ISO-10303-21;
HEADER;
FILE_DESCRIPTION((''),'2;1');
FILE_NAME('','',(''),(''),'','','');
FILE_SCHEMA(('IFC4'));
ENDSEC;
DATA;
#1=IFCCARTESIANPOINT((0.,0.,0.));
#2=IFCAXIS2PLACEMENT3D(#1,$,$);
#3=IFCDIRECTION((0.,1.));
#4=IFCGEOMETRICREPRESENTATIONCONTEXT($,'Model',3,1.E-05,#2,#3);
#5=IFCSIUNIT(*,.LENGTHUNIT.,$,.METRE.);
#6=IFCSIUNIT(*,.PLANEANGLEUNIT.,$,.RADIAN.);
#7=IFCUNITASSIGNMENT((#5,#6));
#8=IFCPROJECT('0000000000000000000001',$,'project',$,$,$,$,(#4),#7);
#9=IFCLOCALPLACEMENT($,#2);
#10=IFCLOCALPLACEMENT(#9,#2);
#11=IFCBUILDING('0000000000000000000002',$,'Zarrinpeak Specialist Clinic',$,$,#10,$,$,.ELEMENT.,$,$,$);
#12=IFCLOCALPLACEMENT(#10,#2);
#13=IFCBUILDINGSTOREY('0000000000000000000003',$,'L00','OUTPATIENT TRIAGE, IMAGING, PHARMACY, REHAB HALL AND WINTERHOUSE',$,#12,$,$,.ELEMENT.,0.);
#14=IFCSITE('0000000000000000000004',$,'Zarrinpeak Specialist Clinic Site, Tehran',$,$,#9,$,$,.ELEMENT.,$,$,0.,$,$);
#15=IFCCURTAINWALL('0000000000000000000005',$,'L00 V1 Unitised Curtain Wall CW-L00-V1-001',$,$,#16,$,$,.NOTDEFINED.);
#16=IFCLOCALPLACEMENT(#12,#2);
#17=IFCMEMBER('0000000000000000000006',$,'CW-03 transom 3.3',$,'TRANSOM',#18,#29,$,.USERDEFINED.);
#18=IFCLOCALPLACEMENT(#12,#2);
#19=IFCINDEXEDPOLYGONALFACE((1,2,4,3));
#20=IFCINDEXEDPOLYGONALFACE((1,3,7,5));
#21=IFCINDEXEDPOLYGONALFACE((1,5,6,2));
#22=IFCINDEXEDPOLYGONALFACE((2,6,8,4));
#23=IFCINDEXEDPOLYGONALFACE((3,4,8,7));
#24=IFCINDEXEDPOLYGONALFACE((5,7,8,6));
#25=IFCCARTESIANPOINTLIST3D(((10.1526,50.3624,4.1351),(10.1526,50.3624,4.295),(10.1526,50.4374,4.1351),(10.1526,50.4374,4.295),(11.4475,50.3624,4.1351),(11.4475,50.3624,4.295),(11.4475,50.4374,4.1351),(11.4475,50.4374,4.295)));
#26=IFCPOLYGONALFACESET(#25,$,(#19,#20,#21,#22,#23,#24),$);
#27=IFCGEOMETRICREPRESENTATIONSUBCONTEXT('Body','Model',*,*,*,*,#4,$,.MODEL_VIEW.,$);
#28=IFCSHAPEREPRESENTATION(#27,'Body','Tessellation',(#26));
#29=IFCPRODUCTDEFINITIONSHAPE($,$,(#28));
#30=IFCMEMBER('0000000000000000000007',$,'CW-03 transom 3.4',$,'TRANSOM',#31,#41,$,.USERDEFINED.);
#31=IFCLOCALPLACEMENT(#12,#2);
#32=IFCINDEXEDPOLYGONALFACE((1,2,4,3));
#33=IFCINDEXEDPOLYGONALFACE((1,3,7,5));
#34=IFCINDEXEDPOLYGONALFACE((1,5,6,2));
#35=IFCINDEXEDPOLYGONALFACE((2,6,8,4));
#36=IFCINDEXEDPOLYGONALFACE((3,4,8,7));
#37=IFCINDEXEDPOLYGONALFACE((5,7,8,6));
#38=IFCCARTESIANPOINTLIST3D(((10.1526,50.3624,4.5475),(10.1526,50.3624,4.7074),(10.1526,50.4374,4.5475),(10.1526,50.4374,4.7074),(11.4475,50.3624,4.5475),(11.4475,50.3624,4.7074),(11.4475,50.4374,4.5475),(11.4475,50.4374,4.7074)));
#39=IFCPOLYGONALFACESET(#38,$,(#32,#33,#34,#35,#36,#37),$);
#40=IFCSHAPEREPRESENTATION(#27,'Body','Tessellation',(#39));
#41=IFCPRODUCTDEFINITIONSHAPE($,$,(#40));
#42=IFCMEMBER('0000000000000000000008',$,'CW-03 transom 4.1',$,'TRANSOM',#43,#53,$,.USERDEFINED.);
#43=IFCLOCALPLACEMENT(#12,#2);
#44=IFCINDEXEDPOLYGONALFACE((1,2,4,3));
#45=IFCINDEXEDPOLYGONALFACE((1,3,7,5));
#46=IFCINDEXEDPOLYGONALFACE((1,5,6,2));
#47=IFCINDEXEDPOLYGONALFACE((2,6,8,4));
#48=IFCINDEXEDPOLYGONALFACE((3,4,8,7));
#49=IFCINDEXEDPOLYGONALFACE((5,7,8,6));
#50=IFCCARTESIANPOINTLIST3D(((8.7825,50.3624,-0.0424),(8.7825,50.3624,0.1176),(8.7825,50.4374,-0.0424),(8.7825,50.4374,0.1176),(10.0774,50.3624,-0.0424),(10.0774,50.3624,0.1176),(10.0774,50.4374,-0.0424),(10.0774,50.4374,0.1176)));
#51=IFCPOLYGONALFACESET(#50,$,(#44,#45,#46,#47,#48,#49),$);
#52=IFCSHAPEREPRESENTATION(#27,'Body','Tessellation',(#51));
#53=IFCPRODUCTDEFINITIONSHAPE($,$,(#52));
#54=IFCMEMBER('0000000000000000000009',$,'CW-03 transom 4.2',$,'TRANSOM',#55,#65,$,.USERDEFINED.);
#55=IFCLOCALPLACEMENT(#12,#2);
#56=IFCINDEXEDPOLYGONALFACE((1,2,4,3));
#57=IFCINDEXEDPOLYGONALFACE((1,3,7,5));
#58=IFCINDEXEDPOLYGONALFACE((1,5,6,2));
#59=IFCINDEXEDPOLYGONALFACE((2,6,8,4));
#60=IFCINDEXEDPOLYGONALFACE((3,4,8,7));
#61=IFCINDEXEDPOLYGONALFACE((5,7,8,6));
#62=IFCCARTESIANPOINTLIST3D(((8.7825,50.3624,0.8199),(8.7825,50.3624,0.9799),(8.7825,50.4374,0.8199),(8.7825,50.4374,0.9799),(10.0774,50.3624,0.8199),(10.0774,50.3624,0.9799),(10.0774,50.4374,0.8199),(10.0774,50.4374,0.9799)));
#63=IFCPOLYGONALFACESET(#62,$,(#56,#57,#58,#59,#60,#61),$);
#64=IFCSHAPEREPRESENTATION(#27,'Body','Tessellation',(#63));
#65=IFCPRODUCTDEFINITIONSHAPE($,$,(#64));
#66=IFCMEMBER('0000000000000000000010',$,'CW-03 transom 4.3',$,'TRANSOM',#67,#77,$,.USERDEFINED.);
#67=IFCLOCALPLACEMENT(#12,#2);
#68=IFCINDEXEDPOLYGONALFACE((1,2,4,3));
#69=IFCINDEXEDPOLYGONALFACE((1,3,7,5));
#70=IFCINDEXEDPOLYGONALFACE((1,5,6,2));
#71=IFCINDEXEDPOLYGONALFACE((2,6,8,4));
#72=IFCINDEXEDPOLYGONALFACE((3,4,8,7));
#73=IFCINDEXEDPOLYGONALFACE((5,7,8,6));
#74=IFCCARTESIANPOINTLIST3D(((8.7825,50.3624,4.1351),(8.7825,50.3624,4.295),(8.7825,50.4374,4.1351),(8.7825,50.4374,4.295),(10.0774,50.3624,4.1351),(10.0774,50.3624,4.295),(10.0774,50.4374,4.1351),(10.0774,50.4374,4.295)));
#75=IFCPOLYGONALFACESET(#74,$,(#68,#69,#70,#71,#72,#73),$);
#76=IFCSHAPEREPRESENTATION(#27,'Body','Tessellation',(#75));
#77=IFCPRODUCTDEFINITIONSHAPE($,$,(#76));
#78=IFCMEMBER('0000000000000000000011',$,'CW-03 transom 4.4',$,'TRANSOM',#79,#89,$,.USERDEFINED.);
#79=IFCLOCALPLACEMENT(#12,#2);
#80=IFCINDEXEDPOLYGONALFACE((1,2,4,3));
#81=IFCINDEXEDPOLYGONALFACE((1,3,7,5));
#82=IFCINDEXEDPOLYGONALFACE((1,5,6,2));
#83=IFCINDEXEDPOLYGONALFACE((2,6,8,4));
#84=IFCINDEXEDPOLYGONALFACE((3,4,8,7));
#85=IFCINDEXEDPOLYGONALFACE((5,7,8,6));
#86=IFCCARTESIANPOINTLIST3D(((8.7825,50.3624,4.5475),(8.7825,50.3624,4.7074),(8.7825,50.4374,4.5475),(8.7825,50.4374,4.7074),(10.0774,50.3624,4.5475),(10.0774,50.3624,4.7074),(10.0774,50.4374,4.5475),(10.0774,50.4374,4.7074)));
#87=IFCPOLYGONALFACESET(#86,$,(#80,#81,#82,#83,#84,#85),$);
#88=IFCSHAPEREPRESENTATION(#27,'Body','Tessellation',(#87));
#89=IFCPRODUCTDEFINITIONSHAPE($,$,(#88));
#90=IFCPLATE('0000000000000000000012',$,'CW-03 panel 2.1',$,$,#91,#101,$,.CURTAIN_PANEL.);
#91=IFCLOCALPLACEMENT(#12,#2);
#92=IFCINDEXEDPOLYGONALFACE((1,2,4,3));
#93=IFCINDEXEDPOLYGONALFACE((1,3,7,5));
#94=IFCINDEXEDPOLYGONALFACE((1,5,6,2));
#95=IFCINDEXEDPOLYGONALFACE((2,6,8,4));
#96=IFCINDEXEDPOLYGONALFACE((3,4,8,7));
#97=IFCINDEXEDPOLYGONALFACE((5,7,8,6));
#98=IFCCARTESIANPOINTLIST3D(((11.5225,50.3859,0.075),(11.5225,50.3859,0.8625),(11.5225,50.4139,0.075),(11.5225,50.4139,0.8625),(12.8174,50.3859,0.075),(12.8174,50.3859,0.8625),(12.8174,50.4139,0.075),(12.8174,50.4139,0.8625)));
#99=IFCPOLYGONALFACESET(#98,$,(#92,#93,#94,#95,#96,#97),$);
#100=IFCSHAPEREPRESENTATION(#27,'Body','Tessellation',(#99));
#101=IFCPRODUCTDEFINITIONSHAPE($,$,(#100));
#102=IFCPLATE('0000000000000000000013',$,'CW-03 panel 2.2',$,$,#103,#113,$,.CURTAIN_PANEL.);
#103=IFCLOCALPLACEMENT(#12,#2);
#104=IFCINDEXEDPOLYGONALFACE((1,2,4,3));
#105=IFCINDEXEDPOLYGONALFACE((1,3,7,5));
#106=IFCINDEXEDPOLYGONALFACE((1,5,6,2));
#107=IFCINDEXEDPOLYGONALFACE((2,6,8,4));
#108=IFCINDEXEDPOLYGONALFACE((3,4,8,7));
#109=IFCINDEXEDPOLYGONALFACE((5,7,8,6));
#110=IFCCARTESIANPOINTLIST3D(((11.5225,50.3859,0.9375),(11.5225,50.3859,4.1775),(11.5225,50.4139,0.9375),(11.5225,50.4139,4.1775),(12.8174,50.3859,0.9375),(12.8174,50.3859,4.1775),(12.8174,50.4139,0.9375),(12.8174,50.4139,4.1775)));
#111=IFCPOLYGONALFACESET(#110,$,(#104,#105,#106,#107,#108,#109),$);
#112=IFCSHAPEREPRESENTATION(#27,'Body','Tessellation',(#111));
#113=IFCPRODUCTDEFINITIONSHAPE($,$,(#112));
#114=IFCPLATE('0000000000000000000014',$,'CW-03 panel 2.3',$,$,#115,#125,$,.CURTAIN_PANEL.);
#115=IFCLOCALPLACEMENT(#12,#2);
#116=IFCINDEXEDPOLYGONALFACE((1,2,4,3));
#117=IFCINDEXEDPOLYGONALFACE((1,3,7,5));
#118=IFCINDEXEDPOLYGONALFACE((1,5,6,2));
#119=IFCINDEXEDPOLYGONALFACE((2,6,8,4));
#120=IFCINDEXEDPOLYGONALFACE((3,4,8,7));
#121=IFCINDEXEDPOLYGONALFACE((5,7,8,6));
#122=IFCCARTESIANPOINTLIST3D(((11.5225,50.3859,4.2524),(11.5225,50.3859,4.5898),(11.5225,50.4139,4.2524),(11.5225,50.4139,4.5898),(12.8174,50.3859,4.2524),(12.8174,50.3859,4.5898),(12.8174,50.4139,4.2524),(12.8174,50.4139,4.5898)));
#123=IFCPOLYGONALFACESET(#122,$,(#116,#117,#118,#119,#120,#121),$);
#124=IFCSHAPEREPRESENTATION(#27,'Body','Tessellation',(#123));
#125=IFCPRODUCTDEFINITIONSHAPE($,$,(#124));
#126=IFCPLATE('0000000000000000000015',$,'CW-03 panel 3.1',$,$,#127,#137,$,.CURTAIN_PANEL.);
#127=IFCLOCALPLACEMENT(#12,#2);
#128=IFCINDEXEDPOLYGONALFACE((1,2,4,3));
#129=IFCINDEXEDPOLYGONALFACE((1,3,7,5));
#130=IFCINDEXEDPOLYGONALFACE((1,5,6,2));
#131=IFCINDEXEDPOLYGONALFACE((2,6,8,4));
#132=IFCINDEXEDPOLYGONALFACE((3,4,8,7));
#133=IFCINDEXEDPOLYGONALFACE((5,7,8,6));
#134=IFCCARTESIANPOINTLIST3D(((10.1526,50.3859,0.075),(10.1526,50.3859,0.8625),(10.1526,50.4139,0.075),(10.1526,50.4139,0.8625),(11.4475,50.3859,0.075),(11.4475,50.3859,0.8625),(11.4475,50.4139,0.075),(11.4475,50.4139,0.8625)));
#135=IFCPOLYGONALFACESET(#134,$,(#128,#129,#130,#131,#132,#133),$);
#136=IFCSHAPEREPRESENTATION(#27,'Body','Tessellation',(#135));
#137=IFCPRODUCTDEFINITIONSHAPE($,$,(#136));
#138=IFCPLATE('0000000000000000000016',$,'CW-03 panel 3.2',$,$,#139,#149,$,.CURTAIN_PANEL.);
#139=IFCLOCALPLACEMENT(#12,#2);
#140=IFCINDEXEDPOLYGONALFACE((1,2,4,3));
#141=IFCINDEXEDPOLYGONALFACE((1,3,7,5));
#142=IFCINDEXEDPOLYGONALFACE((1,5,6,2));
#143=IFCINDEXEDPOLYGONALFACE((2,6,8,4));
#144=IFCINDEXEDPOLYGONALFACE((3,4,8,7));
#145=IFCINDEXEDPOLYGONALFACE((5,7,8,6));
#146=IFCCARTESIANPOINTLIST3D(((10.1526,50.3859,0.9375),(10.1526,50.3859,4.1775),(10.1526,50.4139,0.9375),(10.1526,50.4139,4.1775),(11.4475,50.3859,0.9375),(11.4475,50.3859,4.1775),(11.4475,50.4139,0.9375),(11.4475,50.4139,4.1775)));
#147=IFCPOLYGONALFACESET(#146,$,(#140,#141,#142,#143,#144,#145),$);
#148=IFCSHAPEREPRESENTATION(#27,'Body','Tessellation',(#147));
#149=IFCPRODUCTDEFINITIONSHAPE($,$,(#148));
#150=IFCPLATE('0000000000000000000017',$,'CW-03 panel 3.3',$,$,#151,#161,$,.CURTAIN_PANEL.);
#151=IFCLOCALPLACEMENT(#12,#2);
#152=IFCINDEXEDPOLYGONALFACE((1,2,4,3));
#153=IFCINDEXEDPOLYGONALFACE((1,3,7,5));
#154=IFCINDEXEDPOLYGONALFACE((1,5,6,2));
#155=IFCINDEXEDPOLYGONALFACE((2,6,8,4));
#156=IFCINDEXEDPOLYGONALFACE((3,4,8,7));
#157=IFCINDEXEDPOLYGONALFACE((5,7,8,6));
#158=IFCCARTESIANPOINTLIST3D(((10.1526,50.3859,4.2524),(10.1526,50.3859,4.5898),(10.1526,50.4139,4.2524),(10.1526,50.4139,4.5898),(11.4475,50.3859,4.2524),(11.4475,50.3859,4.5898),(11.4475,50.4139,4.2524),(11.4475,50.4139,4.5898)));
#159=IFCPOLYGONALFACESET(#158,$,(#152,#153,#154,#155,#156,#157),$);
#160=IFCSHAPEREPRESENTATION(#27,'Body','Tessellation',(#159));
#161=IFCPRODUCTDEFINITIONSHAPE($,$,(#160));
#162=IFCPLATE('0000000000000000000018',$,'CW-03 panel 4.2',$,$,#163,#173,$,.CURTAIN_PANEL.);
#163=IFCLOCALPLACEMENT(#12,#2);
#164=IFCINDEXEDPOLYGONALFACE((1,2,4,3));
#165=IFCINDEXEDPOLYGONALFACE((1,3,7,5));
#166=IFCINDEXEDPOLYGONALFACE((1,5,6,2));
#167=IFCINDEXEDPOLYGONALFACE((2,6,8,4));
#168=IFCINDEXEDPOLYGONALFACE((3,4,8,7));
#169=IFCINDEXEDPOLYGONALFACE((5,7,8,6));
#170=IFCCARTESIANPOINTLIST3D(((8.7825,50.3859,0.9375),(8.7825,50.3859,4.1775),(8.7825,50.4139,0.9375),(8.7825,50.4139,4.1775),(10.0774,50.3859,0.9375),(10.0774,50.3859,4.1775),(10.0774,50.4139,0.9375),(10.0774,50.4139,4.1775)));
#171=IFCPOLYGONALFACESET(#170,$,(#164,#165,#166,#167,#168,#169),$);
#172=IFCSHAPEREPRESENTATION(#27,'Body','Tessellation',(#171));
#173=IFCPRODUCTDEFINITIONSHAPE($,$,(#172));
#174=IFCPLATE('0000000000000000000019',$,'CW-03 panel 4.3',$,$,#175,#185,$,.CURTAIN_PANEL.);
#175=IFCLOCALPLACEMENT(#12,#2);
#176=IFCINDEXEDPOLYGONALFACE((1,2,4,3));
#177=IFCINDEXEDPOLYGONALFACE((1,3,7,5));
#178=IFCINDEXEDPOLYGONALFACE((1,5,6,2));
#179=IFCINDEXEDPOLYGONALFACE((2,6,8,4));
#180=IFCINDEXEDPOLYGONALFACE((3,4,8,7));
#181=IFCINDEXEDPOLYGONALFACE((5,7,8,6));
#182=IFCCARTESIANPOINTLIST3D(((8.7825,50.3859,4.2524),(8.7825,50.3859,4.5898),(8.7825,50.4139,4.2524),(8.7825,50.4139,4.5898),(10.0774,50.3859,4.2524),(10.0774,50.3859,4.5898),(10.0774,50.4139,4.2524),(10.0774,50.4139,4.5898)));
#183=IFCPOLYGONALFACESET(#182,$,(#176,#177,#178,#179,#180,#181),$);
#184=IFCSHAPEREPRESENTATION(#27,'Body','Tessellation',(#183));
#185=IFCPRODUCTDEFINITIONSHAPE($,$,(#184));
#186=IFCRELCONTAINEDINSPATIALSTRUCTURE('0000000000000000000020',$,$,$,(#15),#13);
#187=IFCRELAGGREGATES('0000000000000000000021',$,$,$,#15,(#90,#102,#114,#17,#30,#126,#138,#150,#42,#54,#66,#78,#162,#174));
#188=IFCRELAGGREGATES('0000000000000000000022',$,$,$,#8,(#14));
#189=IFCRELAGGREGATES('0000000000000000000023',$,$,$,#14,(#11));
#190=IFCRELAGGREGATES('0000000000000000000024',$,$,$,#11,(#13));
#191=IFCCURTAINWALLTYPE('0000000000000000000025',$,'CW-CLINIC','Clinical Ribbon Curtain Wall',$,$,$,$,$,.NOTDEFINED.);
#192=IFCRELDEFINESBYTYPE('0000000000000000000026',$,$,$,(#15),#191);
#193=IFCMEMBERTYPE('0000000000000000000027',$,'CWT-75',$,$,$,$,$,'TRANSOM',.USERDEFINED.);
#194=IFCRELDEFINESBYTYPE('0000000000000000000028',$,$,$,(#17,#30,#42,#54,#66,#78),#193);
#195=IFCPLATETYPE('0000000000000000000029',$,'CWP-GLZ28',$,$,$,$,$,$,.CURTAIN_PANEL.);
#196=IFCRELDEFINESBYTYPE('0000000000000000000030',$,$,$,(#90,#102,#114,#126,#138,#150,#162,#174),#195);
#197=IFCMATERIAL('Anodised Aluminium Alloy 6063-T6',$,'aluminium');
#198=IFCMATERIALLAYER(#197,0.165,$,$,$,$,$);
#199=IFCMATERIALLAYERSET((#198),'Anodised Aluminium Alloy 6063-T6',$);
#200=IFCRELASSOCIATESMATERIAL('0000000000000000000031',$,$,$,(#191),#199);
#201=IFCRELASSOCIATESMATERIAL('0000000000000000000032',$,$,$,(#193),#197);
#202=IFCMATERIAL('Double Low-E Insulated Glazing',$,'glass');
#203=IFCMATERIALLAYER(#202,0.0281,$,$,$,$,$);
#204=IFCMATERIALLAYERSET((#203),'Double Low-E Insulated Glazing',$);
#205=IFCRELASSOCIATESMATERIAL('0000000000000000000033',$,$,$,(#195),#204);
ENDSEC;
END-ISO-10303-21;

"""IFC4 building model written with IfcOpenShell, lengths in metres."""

from ifc_helpers import new_model, si_unit, direction, frame, origin, origin_2d, place, context, subcontext, project, spatial, rectangle, extrude, material, layer, layer_set, material_profile, profile_set, type_object, element, aggregate, save


model = new_model("IFC4")

# Units and contexts
model_context = context("Model", 3, precision=1e-05, world=origin(), true_north=direction((0.0, 1.0)))
body_context = subcontext(model_context, "Body", "Model", "MODEL_VIEW")
ifc_project = project(units=[si_unit("LENGTHUNIT", "METRE"), si_unit("PLANEANGLEUNIT", "RADIAN")], contexts=[model_context])

# Site, building, storey
site_placement = place(None, origin())
site = spatial("IfcSite", under=ifc_project, at=site_placement, Name="Zarrinpeak Specialist Clinic Site, Tehran", CompositionType="ELEMENT", RefElevation=0.0)
building_placement = place(site_placement, origin())
building = spatial("IfcBuilding", under=site, at=building_placement, Name="Zarrinpeak Specialist Clinic", CompositionType="ELEMENT")
storey_placement = place(building_placement, origin())
storey = spatial("IfcBuildingStorey", under=building, at=storey_placement, Name="L00", Description="OUTPATIENT TRIAGE, IMAGING, PHARMACY, REHAB HALL AND WINTERHOUSE", CompositionType="ELEMENT", Elevation=0.0)

# Curtain wall, members, plates
ifc_material_1 = material(Name="Anodised Aluminium Alloy 6063-T6", Category="aluminium")
ifc_layer_1 = layer(ifc_material_1, 0.165)
ifc_layer_set_1 = layer_set([ifc_layer_1], Name="Anodised Aluminium Alloy 6063-T6")
curtain_wall_type = type_object("IfcCurtainWallType", Name="CW-CLINIC", Description="Clinical Ribbon Curtain Wall", PredefinedType="NOTDEFINED", material=ifc_layer_set_1)
curtain_wall_placement = place(storey_placement, origin())
curtain_wall = element("IfcCurtainWall", 1, at=curtain_wall_placement, inside=storey, type_object=curtain_wall_type, Name="L00 V1 Unitised Curtain Wall CW-L00-V1-001", PredefinedType="NOTDEFINED")
ifc_material_profile_1 = material_profile(ifc_material_1, rectangle(XDim=0.075, YDim=0.1599, at=origin_2d()), Name="ALU 75x160")
ifc_profile_set_1 = profile_set([ifc_material_profile_1], Name="Anodised Aluminium Alloy 6063-T6")
member_type_1 = type_object("IfcMemberType", Name="CWT-75", ElementType="TRANSOM", PredefinedType="USERDEFINED", material=ifc_profile_set_1)
member_1_placement = place(storey_placement, frame((11.4475, 50.3999, 4.2151), z_axis=(-1.0, 0.0, 0.0), x_axis=(0.0, -1.0, 0.0)))
member_1 = element("IfcMember", 2, at=member_1_placement, type_object=member_type_1, Name="CW-03 transom 3.3", ObjectType="TRANSOM", PredefinedType="USERDEFINED", context=body_context, shape_type="SweptSolid", body=[
    extrude(rectangle(XDim=0.075, YDim=0.1599, at=origin_2d()), origin(), (0.0, 0.0, 1.0), 1.2949),
])
member_2_placement = place(storey_placement, frame((11.4475, 50.3999, 4.6274), z_axis=(-1.0, 0.0, 0.0), x_axis=(0.0, -1.0, 0.0)))
member_2 = element("IfcMember", 3, at=member_2_placement, type_object=member_type_1, Name="CW-03 transom 3.4", ObjectType="TRANSOM", PredefinedType="USERDEFINED", context=body_context, shape_type="SweptSolid", body=[
    extrude(rectangle(XDim=0.075, YDim=0.1599, at=origin_2d()), origin(), (0.0, 0.0, 1.0), 1.2949),
])
member_3_placement = place(storey_placement, frame((10.0774, 50.3999, 0.0376), z_axis=(-1.0, 0.0, 0.0), x_axis=(0.0, -1.0, 0.0)))
member_3 = element("IfcMember", 4, at=member_3_placement, type_object=member_type_1, Name="CW-03 transom 4.1", ObjectType="TRANSOM", PredefinedType="USERDEFINED", context=body_context, shape_type="SweptSolid", body=[
    extrude(rectangle(XDim=0.075, YDim=0.1599, at=origin_2d()), origin(), (0.0, 0.0, 1.0), 1.2949),
])
member_4_placement = place(storey_placement, frame((10.0774, 50.3999, 0.8999), z_axis=(-1.0, 0.0, 0.0), x_axis=(0.0, -1.0, 0.0)))
member_4 = element("IfcMember", 5, at=member_4_placement, type_object=member_type_1, Name="CW-03 transom 4.2", ObjectType="TRANSOM", PredefinedType="USERDEFINED", context=body_context, shape_type="SweptSolid", body=[
    extrude(rectangle(XDim=0.075, YDim=0.1599, at=origin_2d()), origin(), (0.0, 0.0, 1.0), 1.2949),
])
member_5_placement = place(storey_placement, frame((10.0774, 50.3999, 4.2151), z_axis=(-1.0, 0.0, 0.0), x_axis=(0.0, -1.0, 0.0)))
member_5 = element("IfcMember", 6, at=member_5_placement, type_object=member_type_1, Name="CW-03 transom 4.3", ObjectType="TRANSOM", PredefinedType="USERDEFINED", context=body_context, shape_type="SweptSolid", body=[
    extrude(rectangle(XDim=0.075, YDim=0.1599, at=origin_2d()), origin(), (0.0, 0.0, 1.0), 1.2949),
])
member_6_placement = place(storey_placement, frame((10.0774, 50.3999, 4.6274), z_axis=(-1.0, 0.0, 0.0), x_axis=(0.0, -1.0, 0.0)))
member_6 = element("IfcMember", 7, at=member_6_placement, type_object=member_type_1, Name="CW-03 transom 4.4", ObjectType="TRANSOM", PredefinedType="USERDEFINED", context=body_context, shape_type="SweptSolid", body=[
    extrude(rectangle(XDim=0.075, YDim=0.1599, at=origin_2d()), origin(), (0.0, 0.0, 1.0), 1.2949),
])
ifc_material_2 = material(Name="Double Low-E Insulated Glazing", Category="glass")
ifc_layer_2 = layer(ifc_material_2, 0.0281)
ifc_layer_set_2 = layer_set([ifc_layer_2], Name="Double Low-E Insulated Glazing")
plate_type = type_object("IfcPlateType", Name="CWP-GLZ28", PredefinedType="CURTAIN_PANEL", material=ifc_layer_set_2)
plate_1_placement = place(storey_placement, frame((12.1699, 50.3999, 0.075), z_axis=(0.0, 0.0, 1.0), x_axis=(-1.0, 0.0, 0.0)))
plate_1 = element("IfcPlate", 8, at=plate_1_placement, type_object=plate_type, Name="CW-03 panel 2.1", PredefinedType="CURTAIN_PANEL", context=body_context, shape_type="SweptSolid", body=[
    extrude(rectangle(XDim=1.2949, YDim=0.0281, at=origin_2d()), origin(), (0.0, 0.0, 1.0), 0.7876),
])
plate_2_placement = place(storey_placement, frame((12.1699, 50.3999, 0.9375), z_axis=(0.0, 0.0, 1.0), x_axis=(-1.0, 0.0, 0.0)))
plate_2 = element("IfcPlate", 9, at=plate_2_placement, type_object=plate_type, Name="CW-03 panel 2.2", PredefinedType="CURTAIN_PANEL", context=body_context, shape_type="SweptSolid", body=[
    extrude(rectangle(XDim=1.2949, YDim=0.0281, at=origin_2d()), origin(), (0.0, 0.0, 1.0), 3.24),
])
plate_3_placement = place(storey_placement, frame((12.1699, 50.3999, 4.2524), z_axis=(0.0, 0.0, 1.0), x_axis=(-1.0, 0.0, 0.0)))
plate_3 = element("IfcPlate", 10, at=plate_3_placement, type_object=plate_type, Name="CW-03 panel 2.3", PredefinedType="CURTAIN_PANEL", context=body_context, shape_type="SweptSolid", body=[
    extrude(rectangle(XDim=1.2949, YDim=0.0281, at=origin_2d()), origin(), (0.0, 0.0, 1.0), 0.3374),
])
plate_4_placement = place(storey_placement, frame((10.8, 50.3999, 0.075), z_axis=(0.0, 0.0, 1.0), x_axis=(-1.0, 0.0, 0.0)))
plate_4 = element("IfcPlate", 11, at=plate_4_placement, type_object=plate_type, Name="CW-03 panel 3.1", PredefinedType="CURTAIN_PANEL", context=body_context, shape_type="SweptSolid", body=[
    extrude(rectangle(XDim=1.2949, YDim=0.0281, at=origin_2d()), origin(), (0.0, 0.0, 1.0), 0.7876),
])
plate_5_placement = place(storey_placement, frame((10.8, 50.3999, 0.9375), z_axis=(0.0, 0.0, 1.0), x_axis=(-1.0, 0.0, 0.0)))
plate_5 = element("IfcPlate", 12, at=plate_5_placement, type_object=plate_type, Name="CW-03 panel 3.2", PredefinedType="CURTAIN_PANEL", context=body_context, shape_type="SweptSolid", body=[
    extrude(rectangle(XDim=1.2949, YDim=0.0281, at=origin_2d()), origin(), (0.0, 0.0, 1.0), 3.24),
])
plate_6_placement = place(storey_placement, frame((10.8, 50.3999, 4.2524), z_axis=(0.0, 0.0, 1.0), x_axis=(-1.0, 0.0, 0.0)))
plate_6 = element("IfcPlate", 13, at=plate_6_placement, type_object=plate_type, Name="CW-03 panel 3.3", PredefinedType="CURTAIN_PANEL", context=body_context, shape_type="SweptSolid", body=[
    extrude(rectangle(XDim=1.2949, YDim=0.0281, at=origin_2d()), origin(), (0.0, 0.0, 1.0), 0.3374),
])
plate_7_placement = place(storey_placement, frame((9.4299, 50.3999, 0.9375), z_axis=(0.0, 0.0, 1.0), x_axis=(-1.0, 0.0, 0.0)))
plate_7 = element("IfcPlate", 14, at=plate_7_placement, type_object=plate_type, Name="CW-03 panel 4.2", PredefinedType="CURTAIN_PANEL", context=body_context, shape_type="SweptSolid", body=[
    extrude(rectangle(XDim=1.2949, YDim=0.0281, at=origin_2d()), origin(), (0.0, 0.0, 1.0), 3.24),
])
plate_8_placement = place(storey_placement, frame((9.4299, 50.3999, 4.2524), z_axis=(0.0, 0.0, 1.0), x_axis=(-1.0, 0.0, 0.0)))
plate_8 = element("IfcPlate", 15, at=plate_8_placement, type_object=plate_type, Name="CW-03 panel 4.3", PredefinedType="CURTAIN_PANEL", context=body_context, shape_type="SweptSolid", body=[
    extrude(rectangle(XDim=1.2949, YDim=0.0281, at=origin_2d()), origin(), (0.0, 0.0, 1.0), 0.3374),
])
aggregate(curtain_wall, [plate_1, plate_2, plate_3, member_1, member_2, plate_4, plate_5, plate_6, member_3, member_4, member_5, member_6, plate_7, plate_8])

save(model, "model.ifc")
